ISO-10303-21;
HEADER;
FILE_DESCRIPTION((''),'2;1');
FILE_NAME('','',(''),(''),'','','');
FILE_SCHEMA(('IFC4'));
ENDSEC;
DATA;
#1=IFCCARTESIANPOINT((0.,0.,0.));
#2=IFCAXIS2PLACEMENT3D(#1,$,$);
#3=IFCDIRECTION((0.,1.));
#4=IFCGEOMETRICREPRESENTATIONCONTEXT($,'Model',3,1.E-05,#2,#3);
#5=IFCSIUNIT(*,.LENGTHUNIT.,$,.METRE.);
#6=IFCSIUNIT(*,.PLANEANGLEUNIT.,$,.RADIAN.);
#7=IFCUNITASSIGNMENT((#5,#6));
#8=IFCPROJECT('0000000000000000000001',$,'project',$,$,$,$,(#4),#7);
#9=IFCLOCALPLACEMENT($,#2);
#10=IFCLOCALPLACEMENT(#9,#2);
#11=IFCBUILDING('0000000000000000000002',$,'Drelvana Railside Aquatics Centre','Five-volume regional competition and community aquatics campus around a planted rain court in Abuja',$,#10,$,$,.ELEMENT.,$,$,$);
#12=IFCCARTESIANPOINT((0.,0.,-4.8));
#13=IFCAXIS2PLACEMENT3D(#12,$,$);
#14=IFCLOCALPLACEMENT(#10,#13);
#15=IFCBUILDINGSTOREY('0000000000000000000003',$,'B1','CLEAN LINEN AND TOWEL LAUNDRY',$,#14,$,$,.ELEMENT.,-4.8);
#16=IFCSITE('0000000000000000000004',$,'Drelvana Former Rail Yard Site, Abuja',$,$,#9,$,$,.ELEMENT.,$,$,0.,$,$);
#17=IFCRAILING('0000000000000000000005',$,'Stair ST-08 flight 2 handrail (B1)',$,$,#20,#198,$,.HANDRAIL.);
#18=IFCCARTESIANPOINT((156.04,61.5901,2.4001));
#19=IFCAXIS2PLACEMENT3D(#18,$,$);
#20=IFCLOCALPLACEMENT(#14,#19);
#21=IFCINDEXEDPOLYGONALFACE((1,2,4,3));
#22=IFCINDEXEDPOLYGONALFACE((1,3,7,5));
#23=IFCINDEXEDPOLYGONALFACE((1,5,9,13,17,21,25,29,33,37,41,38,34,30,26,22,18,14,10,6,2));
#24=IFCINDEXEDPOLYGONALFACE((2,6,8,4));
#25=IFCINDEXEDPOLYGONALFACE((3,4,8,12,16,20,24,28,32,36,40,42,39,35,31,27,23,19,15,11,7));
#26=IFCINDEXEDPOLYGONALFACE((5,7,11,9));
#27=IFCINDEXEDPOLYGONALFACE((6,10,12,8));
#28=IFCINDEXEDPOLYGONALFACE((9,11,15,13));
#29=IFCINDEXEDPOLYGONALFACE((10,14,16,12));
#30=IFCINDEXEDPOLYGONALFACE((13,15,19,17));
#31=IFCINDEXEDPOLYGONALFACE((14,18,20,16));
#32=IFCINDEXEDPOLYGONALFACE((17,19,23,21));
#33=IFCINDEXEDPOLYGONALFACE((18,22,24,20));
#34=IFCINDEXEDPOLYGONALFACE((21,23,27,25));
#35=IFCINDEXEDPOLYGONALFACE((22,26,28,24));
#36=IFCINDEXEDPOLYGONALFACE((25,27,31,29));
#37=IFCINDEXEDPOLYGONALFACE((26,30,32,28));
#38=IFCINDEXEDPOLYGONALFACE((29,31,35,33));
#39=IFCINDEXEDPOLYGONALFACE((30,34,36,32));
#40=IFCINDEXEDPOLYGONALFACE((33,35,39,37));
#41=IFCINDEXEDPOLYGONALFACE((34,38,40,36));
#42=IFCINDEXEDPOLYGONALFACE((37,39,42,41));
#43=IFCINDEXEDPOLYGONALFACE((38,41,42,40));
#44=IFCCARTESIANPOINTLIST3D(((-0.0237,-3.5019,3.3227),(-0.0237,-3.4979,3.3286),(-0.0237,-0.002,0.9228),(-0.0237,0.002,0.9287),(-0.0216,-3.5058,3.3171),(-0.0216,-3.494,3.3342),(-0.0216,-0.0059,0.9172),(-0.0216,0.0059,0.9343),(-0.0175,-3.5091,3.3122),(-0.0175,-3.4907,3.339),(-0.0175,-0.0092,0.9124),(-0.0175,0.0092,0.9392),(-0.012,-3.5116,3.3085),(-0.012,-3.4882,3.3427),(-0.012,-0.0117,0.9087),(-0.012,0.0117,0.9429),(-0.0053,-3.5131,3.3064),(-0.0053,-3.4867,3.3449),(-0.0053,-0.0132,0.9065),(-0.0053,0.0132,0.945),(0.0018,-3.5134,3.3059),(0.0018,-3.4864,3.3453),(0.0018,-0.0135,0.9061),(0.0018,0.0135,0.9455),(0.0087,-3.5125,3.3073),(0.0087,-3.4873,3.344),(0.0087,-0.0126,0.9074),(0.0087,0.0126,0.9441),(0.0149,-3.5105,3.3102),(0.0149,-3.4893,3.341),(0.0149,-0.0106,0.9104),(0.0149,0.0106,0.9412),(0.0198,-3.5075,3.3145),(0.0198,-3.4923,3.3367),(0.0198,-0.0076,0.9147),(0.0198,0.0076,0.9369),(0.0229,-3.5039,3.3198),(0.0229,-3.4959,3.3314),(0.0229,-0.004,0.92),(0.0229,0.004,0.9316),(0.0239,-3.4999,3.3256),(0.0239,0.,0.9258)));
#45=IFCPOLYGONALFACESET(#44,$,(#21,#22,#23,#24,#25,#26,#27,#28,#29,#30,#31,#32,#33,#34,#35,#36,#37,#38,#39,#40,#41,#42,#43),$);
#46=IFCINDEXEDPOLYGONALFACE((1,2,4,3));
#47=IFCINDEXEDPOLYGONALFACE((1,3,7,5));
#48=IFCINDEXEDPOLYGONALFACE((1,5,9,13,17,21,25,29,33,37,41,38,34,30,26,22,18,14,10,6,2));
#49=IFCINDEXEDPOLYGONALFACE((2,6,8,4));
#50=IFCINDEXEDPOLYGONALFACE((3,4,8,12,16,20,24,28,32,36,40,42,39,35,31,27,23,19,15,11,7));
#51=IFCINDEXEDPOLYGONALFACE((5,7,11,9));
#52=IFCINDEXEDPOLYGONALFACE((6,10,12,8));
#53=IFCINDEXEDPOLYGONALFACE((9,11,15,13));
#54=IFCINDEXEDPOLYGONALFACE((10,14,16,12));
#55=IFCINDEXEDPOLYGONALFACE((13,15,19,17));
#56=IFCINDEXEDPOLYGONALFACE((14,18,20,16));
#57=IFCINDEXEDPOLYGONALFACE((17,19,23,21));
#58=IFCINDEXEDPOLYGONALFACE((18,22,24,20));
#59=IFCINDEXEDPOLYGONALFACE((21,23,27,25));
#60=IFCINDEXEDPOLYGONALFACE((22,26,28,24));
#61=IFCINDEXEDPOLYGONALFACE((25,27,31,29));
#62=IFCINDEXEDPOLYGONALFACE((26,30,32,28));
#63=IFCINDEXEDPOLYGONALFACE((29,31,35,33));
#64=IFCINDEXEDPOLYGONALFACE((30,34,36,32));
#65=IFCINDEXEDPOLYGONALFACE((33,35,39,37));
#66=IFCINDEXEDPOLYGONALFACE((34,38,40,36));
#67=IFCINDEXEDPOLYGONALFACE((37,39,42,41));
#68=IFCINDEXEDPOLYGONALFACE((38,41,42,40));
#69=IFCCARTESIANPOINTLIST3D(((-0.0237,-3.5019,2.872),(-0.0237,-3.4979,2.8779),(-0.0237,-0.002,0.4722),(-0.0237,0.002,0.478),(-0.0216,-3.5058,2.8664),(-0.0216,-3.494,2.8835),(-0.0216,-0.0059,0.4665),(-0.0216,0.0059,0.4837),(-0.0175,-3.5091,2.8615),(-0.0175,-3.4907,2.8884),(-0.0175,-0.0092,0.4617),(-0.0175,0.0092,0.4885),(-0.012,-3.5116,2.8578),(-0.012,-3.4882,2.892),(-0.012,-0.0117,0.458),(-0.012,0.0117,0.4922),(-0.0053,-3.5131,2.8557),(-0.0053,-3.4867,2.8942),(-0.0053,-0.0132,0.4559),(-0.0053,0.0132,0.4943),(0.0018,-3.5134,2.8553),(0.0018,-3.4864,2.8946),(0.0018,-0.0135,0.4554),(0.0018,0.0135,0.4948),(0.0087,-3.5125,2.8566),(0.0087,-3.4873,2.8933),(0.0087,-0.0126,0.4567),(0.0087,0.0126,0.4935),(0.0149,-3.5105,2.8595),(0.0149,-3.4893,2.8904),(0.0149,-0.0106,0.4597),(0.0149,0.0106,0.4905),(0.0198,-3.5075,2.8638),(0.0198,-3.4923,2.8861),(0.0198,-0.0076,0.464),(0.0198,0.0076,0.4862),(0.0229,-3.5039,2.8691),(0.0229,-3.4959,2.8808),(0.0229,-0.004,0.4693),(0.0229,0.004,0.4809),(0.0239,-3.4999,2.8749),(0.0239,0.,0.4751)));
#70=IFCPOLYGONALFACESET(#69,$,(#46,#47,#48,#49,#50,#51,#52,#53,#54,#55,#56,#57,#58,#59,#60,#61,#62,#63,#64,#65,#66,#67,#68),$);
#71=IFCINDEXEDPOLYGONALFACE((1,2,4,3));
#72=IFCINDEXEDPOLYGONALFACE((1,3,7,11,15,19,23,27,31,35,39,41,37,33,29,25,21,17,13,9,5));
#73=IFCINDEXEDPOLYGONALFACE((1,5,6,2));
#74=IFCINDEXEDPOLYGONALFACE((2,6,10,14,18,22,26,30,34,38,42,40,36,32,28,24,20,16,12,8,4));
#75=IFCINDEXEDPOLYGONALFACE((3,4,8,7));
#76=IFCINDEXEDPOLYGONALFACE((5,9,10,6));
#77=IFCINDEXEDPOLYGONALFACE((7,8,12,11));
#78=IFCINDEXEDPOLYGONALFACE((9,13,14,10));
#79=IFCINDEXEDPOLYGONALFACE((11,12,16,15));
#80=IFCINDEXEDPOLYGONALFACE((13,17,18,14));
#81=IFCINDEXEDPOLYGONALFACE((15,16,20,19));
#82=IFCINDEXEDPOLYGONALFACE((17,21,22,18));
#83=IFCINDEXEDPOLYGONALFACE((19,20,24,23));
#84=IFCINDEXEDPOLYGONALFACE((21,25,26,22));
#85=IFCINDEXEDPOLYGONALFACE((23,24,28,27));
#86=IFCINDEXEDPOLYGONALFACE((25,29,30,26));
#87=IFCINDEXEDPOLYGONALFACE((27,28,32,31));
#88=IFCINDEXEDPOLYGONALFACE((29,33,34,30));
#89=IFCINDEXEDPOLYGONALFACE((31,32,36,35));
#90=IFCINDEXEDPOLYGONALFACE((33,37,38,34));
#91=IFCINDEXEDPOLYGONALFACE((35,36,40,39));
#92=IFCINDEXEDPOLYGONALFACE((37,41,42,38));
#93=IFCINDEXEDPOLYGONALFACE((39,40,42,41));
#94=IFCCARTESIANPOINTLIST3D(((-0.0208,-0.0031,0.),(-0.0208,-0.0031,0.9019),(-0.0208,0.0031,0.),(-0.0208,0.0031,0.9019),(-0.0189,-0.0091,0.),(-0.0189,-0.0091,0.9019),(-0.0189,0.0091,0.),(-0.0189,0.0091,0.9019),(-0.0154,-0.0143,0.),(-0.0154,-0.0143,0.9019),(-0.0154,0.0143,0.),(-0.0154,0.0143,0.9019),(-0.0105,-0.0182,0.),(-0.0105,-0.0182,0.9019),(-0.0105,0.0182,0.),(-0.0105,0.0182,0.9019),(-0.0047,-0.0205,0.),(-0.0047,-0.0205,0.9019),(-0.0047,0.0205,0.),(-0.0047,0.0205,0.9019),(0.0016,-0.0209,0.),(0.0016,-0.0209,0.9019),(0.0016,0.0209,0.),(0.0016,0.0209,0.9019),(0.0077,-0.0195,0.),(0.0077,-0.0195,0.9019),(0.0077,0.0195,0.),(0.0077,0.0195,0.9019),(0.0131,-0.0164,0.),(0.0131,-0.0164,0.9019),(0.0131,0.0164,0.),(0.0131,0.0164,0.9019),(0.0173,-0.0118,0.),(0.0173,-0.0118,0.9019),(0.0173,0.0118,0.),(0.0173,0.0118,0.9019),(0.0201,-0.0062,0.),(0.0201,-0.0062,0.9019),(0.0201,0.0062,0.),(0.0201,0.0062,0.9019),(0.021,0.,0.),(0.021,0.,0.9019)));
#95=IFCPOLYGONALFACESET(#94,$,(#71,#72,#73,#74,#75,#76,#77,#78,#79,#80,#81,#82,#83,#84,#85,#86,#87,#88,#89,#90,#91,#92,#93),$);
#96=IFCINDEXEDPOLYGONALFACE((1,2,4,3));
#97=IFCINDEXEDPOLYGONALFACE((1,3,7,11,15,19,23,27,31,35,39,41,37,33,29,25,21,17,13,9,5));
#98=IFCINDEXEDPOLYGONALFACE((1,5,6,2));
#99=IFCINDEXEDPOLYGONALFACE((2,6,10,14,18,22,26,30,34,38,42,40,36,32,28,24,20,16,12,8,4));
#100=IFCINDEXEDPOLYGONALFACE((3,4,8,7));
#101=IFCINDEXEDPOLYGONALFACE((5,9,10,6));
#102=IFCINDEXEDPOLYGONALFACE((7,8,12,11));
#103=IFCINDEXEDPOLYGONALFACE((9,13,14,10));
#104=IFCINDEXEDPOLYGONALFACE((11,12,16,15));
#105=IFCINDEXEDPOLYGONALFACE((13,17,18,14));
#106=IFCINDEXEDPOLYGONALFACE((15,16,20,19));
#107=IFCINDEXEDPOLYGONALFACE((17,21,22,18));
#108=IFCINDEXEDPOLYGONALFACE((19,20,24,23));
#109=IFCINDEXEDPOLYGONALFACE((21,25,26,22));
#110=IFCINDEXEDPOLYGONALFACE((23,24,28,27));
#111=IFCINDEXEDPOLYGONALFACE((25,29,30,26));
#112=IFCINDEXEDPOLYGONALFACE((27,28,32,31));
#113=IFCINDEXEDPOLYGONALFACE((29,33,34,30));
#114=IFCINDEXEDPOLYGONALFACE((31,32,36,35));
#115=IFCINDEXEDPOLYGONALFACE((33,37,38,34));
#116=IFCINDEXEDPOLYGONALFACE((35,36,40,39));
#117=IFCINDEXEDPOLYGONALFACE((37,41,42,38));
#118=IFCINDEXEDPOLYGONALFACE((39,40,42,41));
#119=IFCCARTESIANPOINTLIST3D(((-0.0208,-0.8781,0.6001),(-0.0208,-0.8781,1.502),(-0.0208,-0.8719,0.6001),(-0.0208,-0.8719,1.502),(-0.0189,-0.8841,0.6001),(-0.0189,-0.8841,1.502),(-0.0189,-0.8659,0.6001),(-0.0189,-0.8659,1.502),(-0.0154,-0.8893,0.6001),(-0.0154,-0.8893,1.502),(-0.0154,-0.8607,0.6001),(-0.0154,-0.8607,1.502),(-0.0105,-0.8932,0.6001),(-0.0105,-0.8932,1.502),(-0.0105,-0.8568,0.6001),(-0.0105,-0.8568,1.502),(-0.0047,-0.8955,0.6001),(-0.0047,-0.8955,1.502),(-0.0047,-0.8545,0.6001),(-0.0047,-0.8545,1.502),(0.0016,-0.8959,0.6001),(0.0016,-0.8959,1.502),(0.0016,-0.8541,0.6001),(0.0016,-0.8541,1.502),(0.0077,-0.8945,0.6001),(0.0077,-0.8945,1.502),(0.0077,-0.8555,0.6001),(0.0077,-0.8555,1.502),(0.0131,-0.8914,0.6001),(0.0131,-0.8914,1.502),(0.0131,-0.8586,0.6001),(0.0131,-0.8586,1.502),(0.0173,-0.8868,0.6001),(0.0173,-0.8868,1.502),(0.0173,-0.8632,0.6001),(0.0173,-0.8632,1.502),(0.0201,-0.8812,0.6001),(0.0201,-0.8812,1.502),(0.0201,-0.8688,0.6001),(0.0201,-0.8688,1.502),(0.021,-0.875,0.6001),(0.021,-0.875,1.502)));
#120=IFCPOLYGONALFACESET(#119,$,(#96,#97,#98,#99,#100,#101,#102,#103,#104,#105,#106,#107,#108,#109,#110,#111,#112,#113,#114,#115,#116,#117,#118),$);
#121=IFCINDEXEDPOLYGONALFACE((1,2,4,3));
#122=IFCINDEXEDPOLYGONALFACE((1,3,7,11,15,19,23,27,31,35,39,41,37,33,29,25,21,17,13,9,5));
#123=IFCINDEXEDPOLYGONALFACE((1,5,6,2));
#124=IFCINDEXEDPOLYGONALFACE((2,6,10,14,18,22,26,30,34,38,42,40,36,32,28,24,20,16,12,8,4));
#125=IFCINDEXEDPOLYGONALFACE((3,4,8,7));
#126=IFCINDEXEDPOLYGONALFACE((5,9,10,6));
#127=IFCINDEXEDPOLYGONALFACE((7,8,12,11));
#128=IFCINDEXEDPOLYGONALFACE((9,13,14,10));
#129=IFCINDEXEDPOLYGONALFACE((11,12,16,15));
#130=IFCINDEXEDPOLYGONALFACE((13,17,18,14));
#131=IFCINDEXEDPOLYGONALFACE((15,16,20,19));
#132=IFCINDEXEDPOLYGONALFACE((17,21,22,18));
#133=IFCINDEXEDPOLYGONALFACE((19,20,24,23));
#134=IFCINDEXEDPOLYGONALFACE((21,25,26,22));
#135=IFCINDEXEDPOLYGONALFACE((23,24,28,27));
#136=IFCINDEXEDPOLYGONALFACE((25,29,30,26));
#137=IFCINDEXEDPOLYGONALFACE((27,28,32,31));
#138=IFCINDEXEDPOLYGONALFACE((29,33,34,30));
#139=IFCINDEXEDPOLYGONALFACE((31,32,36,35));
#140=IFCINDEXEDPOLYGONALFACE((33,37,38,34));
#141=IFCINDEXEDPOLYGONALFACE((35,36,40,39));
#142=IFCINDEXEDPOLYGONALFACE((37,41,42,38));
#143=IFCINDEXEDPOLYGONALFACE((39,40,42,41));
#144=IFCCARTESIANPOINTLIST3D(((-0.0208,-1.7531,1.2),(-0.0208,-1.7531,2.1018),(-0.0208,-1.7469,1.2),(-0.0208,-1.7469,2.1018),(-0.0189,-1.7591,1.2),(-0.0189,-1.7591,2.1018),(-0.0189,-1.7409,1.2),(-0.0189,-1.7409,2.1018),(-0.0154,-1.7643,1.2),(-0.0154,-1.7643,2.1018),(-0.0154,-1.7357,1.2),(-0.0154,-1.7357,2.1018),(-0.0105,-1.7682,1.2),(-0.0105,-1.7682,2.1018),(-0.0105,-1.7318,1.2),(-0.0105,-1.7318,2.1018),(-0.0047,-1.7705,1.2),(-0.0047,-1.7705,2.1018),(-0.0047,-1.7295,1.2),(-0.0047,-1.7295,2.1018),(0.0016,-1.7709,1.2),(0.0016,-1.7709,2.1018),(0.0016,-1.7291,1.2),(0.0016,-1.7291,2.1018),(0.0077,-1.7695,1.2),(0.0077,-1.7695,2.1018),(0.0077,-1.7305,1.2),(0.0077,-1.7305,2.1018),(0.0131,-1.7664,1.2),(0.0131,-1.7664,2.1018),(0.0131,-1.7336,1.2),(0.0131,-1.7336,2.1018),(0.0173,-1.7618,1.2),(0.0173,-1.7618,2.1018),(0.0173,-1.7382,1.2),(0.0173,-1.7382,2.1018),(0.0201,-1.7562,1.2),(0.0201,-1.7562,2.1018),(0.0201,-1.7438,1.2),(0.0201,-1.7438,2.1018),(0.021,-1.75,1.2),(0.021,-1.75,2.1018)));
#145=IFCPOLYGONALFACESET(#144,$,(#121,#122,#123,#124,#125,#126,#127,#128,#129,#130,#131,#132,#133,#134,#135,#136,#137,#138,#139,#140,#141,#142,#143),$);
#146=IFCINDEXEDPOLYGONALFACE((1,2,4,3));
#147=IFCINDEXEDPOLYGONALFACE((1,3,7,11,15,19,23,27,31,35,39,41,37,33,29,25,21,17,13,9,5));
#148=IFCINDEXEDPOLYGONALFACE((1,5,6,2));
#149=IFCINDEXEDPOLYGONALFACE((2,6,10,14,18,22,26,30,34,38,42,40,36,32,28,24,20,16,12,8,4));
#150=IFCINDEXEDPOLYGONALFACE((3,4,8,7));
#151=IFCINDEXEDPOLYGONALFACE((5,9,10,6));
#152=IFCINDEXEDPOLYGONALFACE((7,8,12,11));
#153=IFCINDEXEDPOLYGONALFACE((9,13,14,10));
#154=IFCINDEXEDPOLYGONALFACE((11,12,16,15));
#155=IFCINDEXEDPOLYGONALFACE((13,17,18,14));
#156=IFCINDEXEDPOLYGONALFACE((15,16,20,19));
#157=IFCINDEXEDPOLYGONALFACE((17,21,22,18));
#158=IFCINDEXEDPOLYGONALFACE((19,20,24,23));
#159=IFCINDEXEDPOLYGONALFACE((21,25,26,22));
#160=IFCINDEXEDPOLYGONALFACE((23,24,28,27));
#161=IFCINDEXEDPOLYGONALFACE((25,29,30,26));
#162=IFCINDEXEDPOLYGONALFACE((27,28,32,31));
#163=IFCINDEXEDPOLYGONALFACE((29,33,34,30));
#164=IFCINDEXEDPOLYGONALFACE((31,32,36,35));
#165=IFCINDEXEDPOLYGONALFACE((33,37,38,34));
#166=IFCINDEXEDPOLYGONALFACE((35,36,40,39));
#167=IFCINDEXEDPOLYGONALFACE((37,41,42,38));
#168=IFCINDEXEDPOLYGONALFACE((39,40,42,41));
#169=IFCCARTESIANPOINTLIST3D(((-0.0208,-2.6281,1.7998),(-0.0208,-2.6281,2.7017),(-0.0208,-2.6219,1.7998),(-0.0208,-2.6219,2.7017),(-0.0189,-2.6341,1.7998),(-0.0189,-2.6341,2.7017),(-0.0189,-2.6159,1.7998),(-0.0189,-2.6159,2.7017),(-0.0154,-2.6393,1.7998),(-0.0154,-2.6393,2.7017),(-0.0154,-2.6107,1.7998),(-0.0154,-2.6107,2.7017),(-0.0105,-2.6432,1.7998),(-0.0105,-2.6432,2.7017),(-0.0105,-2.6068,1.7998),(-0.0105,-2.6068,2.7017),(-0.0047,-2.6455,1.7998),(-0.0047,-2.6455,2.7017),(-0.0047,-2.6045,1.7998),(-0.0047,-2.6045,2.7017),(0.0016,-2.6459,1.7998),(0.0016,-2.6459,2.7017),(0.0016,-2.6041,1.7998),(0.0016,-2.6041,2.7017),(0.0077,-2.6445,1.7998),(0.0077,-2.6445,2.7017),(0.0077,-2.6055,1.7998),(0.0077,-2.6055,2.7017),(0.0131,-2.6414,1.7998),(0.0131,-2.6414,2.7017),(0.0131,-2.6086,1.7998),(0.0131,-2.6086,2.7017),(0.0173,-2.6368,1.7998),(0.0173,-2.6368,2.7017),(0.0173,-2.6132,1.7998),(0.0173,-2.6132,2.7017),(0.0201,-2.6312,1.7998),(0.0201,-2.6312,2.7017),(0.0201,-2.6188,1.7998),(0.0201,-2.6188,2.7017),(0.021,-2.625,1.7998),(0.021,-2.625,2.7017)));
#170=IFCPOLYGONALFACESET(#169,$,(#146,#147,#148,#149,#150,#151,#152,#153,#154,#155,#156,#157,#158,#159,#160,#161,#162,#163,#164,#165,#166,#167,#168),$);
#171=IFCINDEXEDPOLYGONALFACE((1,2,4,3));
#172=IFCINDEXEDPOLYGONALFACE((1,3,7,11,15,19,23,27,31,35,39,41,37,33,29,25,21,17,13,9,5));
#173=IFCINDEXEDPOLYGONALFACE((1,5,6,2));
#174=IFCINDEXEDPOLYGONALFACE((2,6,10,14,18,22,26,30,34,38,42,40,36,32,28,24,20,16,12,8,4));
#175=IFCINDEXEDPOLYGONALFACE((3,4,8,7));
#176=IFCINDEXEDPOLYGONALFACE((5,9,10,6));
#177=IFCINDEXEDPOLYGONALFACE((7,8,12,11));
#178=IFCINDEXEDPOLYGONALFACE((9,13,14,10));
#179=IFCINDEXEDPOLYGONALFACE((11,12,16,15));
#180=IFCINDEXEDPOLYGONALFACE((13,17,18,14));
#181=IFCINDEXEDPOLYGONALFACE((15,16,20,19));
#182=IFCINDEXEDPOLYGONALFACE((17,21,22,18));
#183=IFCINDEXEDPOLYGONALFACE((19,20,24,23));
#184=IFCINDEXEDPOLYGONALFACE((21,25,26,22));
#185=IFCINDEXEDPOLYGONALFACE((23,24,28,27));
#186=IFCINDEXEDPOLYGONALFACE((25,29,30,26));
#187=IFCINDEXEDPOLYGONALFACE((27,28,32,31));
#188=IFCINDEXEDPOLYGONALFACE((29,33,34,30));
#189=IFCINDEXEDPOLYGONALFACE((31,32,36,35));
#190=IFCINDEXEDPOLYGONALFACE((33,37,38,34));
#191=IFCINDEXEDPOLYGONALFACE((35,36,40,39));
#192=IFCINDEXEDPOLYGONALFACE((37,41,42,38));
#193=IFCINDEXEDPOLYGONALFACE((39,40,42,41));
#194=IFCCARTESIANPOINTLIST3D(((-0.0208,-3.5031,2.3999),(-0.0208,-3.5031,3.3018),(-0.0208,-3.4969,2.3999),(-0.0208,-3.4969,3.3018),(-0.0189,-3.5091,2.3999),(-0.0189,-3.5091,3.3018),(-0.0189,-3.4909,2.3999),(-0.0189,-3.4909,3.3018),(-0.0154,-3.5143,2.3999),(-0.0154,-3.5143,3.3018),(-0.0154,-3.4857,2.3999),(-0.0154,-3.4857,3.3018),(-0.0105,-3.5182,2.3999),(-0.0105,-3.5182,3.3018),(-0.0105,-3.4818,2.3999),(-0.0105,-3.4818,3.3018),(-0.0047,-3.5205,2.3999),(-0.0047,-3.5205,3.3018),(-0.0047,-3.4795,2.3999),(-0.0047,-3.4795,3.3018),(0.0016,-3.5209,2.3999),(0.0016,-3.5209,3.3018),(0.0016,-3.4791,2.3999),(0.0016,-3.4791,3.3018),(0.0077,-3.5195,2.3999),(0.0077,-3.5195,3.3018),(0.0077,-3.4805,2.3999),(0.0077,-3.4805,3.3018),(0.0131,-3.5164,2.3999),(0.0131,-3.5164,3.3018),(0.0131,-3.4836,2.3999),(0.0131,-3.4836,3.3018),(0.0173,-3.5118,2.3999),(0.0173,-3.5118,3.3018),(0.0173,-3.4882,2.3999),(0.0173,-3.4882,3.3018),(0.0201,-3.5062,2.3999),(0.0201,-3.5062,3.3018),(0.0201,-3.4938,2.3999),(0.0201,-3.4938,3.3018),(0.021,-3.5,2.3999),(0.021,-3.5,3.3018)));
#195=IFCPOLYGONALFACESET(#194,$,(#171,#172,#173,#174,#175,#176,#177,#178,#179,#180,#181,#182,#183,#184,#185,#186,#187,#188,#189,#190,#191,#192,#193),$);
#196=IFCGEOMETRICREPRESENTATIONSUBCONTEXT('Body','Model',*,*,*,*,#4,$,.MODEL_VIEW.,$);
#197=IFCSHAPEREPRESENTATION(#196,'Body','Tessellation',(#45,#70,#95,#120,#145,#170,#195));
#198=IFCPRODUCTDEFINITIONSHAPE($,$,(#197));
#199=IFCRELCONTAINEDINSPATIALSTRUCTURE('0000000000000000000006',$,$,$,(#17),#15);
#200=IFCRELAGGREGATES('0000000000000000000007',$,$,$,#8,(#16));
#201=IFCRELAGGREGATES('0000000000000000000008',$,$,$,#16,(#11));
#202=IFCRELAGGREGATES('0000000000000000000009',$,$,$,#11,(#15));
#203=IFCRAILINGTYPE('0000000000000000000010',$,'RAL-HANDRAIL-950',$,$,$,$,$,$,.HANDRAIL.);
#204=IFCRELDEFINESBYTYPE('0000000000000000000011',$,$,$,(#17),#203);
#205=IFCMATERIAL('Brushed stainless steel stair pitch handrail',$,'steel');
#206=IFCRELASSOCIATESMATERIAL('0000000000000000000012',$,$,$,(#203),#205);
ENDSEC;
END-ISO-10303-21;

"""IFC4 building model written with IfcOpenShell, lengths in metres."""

from ifc_helpers import new_model, si_unit, direction, frame, origin, origin_2d, place, context, subcontext, project, spatial, circle, extrude, material, type_object, element, save


model = new_model("IFC4")

# Units and contexts
model_context = context("Model", 3, precision=1e-05, world=origin(), true_north=direction((0.0, 1.0)))
body_context = subcontext(model_context, "Body", "Model", "MODEL_VIEW")
ifc_project = project(units=[si_unit("LENGTHUNIT", "METRE"), si_unit("PLANEANGLEUNIT", "RADIAN")], contexts=[model_context])

# Site, building, storey
site_placement = place(None, origin())
site = spatial("IfcSite", under=ifc_project, at=site_placement, Name="Drelvana Former Rail Yard Site, Abuja", CompositionType="ELEMENT", RefElevation=0.0)
building_placement = place(site_placement, origin())
building = spatial("IfcBuilding", under=site, at=building_placement, Name="Drelvana Railside Aquatics Centre", Description="Five-volume regional competition and community aquatics campus around a planted rain court in Abuja", CompositionType="ELEMENT")
storey_placement = place(building_placement, frame((0.0, 0.0, -4.8)))
storey = spatial("IfcBuildingStorey", under=building, at=storey_placement, Name="B1", Description="CLEAN LINEN AND TOWEL LAUNDRY", CompositionType="ELEMENT", Elevation=-4.8)

# Railing
ifc_material_1 = material(Name="Brushed stainless steel stair pitch handrail", Category="steel")
railing_type = type_object("IfcRailingType", Name="RAL-HANDRAIL-950", PredefinedType="HANDRAIL", material=ifc_material_1)
railing_placement = place(storey_placement, frame((156.04, 61.5901, 2.4001)))
element("IfcRailing", 1, at=railing_placement, inside=storey, type_object=railing_type, Name="Stair ST-08 flight 2 handrail (B1)", PredefinedType="HANDRAIL", context=body_context, shape_type="SweptSolid", body=[
    extrude(circle(Radius=0.0239, at=origin_2d()), frame((0.0, 0.0, 0.9258), z_axis=(0.0, -0.82474, 0.565513), x_axis=(1.0, 0.0, 0.0)), (0.0, 0.0, 1.0), 4.2437),
    extrude(circle(Radius=0.0239, at=origin_2d()), frame((0.0, 0.0, 0.4751), z_axis=(0.0, -0.82474, 0.565513), x_axis=(1.0, 0.0, 0.0)), (0.0, 0.0, 1.0), 4.2437),
    extrude(circle(Radius=0.021, at=origin_2d()), origin(), (0.0, 0.0, 1.0), 0.9019),
    extrude(circle(Radius=0.021, at=origin_2d()), frame((0.0, -0.875, 0.6001)), (0.0, 0.0, 1.0), 0.9019),
    extrude(circle(Radius=0.021, at=origin_2d()), frame((0.0, -1.75, 1.2)), (0.0, 0.0, 1.0), 0.9019),
    extrude(circle(Radius=0.021, at=origin_2d()), frame((0.0, -2.625, 1.7998)), (0.0, 0.0, 1.0), 0.9019),
    extrude(circle(Radius=0.021, at=origin_2d()), frame((0.0, -3.5, 2.3999)), (0.0, 0.0, 1.0), 0.9019),
])

save(model, "model.ifc")
